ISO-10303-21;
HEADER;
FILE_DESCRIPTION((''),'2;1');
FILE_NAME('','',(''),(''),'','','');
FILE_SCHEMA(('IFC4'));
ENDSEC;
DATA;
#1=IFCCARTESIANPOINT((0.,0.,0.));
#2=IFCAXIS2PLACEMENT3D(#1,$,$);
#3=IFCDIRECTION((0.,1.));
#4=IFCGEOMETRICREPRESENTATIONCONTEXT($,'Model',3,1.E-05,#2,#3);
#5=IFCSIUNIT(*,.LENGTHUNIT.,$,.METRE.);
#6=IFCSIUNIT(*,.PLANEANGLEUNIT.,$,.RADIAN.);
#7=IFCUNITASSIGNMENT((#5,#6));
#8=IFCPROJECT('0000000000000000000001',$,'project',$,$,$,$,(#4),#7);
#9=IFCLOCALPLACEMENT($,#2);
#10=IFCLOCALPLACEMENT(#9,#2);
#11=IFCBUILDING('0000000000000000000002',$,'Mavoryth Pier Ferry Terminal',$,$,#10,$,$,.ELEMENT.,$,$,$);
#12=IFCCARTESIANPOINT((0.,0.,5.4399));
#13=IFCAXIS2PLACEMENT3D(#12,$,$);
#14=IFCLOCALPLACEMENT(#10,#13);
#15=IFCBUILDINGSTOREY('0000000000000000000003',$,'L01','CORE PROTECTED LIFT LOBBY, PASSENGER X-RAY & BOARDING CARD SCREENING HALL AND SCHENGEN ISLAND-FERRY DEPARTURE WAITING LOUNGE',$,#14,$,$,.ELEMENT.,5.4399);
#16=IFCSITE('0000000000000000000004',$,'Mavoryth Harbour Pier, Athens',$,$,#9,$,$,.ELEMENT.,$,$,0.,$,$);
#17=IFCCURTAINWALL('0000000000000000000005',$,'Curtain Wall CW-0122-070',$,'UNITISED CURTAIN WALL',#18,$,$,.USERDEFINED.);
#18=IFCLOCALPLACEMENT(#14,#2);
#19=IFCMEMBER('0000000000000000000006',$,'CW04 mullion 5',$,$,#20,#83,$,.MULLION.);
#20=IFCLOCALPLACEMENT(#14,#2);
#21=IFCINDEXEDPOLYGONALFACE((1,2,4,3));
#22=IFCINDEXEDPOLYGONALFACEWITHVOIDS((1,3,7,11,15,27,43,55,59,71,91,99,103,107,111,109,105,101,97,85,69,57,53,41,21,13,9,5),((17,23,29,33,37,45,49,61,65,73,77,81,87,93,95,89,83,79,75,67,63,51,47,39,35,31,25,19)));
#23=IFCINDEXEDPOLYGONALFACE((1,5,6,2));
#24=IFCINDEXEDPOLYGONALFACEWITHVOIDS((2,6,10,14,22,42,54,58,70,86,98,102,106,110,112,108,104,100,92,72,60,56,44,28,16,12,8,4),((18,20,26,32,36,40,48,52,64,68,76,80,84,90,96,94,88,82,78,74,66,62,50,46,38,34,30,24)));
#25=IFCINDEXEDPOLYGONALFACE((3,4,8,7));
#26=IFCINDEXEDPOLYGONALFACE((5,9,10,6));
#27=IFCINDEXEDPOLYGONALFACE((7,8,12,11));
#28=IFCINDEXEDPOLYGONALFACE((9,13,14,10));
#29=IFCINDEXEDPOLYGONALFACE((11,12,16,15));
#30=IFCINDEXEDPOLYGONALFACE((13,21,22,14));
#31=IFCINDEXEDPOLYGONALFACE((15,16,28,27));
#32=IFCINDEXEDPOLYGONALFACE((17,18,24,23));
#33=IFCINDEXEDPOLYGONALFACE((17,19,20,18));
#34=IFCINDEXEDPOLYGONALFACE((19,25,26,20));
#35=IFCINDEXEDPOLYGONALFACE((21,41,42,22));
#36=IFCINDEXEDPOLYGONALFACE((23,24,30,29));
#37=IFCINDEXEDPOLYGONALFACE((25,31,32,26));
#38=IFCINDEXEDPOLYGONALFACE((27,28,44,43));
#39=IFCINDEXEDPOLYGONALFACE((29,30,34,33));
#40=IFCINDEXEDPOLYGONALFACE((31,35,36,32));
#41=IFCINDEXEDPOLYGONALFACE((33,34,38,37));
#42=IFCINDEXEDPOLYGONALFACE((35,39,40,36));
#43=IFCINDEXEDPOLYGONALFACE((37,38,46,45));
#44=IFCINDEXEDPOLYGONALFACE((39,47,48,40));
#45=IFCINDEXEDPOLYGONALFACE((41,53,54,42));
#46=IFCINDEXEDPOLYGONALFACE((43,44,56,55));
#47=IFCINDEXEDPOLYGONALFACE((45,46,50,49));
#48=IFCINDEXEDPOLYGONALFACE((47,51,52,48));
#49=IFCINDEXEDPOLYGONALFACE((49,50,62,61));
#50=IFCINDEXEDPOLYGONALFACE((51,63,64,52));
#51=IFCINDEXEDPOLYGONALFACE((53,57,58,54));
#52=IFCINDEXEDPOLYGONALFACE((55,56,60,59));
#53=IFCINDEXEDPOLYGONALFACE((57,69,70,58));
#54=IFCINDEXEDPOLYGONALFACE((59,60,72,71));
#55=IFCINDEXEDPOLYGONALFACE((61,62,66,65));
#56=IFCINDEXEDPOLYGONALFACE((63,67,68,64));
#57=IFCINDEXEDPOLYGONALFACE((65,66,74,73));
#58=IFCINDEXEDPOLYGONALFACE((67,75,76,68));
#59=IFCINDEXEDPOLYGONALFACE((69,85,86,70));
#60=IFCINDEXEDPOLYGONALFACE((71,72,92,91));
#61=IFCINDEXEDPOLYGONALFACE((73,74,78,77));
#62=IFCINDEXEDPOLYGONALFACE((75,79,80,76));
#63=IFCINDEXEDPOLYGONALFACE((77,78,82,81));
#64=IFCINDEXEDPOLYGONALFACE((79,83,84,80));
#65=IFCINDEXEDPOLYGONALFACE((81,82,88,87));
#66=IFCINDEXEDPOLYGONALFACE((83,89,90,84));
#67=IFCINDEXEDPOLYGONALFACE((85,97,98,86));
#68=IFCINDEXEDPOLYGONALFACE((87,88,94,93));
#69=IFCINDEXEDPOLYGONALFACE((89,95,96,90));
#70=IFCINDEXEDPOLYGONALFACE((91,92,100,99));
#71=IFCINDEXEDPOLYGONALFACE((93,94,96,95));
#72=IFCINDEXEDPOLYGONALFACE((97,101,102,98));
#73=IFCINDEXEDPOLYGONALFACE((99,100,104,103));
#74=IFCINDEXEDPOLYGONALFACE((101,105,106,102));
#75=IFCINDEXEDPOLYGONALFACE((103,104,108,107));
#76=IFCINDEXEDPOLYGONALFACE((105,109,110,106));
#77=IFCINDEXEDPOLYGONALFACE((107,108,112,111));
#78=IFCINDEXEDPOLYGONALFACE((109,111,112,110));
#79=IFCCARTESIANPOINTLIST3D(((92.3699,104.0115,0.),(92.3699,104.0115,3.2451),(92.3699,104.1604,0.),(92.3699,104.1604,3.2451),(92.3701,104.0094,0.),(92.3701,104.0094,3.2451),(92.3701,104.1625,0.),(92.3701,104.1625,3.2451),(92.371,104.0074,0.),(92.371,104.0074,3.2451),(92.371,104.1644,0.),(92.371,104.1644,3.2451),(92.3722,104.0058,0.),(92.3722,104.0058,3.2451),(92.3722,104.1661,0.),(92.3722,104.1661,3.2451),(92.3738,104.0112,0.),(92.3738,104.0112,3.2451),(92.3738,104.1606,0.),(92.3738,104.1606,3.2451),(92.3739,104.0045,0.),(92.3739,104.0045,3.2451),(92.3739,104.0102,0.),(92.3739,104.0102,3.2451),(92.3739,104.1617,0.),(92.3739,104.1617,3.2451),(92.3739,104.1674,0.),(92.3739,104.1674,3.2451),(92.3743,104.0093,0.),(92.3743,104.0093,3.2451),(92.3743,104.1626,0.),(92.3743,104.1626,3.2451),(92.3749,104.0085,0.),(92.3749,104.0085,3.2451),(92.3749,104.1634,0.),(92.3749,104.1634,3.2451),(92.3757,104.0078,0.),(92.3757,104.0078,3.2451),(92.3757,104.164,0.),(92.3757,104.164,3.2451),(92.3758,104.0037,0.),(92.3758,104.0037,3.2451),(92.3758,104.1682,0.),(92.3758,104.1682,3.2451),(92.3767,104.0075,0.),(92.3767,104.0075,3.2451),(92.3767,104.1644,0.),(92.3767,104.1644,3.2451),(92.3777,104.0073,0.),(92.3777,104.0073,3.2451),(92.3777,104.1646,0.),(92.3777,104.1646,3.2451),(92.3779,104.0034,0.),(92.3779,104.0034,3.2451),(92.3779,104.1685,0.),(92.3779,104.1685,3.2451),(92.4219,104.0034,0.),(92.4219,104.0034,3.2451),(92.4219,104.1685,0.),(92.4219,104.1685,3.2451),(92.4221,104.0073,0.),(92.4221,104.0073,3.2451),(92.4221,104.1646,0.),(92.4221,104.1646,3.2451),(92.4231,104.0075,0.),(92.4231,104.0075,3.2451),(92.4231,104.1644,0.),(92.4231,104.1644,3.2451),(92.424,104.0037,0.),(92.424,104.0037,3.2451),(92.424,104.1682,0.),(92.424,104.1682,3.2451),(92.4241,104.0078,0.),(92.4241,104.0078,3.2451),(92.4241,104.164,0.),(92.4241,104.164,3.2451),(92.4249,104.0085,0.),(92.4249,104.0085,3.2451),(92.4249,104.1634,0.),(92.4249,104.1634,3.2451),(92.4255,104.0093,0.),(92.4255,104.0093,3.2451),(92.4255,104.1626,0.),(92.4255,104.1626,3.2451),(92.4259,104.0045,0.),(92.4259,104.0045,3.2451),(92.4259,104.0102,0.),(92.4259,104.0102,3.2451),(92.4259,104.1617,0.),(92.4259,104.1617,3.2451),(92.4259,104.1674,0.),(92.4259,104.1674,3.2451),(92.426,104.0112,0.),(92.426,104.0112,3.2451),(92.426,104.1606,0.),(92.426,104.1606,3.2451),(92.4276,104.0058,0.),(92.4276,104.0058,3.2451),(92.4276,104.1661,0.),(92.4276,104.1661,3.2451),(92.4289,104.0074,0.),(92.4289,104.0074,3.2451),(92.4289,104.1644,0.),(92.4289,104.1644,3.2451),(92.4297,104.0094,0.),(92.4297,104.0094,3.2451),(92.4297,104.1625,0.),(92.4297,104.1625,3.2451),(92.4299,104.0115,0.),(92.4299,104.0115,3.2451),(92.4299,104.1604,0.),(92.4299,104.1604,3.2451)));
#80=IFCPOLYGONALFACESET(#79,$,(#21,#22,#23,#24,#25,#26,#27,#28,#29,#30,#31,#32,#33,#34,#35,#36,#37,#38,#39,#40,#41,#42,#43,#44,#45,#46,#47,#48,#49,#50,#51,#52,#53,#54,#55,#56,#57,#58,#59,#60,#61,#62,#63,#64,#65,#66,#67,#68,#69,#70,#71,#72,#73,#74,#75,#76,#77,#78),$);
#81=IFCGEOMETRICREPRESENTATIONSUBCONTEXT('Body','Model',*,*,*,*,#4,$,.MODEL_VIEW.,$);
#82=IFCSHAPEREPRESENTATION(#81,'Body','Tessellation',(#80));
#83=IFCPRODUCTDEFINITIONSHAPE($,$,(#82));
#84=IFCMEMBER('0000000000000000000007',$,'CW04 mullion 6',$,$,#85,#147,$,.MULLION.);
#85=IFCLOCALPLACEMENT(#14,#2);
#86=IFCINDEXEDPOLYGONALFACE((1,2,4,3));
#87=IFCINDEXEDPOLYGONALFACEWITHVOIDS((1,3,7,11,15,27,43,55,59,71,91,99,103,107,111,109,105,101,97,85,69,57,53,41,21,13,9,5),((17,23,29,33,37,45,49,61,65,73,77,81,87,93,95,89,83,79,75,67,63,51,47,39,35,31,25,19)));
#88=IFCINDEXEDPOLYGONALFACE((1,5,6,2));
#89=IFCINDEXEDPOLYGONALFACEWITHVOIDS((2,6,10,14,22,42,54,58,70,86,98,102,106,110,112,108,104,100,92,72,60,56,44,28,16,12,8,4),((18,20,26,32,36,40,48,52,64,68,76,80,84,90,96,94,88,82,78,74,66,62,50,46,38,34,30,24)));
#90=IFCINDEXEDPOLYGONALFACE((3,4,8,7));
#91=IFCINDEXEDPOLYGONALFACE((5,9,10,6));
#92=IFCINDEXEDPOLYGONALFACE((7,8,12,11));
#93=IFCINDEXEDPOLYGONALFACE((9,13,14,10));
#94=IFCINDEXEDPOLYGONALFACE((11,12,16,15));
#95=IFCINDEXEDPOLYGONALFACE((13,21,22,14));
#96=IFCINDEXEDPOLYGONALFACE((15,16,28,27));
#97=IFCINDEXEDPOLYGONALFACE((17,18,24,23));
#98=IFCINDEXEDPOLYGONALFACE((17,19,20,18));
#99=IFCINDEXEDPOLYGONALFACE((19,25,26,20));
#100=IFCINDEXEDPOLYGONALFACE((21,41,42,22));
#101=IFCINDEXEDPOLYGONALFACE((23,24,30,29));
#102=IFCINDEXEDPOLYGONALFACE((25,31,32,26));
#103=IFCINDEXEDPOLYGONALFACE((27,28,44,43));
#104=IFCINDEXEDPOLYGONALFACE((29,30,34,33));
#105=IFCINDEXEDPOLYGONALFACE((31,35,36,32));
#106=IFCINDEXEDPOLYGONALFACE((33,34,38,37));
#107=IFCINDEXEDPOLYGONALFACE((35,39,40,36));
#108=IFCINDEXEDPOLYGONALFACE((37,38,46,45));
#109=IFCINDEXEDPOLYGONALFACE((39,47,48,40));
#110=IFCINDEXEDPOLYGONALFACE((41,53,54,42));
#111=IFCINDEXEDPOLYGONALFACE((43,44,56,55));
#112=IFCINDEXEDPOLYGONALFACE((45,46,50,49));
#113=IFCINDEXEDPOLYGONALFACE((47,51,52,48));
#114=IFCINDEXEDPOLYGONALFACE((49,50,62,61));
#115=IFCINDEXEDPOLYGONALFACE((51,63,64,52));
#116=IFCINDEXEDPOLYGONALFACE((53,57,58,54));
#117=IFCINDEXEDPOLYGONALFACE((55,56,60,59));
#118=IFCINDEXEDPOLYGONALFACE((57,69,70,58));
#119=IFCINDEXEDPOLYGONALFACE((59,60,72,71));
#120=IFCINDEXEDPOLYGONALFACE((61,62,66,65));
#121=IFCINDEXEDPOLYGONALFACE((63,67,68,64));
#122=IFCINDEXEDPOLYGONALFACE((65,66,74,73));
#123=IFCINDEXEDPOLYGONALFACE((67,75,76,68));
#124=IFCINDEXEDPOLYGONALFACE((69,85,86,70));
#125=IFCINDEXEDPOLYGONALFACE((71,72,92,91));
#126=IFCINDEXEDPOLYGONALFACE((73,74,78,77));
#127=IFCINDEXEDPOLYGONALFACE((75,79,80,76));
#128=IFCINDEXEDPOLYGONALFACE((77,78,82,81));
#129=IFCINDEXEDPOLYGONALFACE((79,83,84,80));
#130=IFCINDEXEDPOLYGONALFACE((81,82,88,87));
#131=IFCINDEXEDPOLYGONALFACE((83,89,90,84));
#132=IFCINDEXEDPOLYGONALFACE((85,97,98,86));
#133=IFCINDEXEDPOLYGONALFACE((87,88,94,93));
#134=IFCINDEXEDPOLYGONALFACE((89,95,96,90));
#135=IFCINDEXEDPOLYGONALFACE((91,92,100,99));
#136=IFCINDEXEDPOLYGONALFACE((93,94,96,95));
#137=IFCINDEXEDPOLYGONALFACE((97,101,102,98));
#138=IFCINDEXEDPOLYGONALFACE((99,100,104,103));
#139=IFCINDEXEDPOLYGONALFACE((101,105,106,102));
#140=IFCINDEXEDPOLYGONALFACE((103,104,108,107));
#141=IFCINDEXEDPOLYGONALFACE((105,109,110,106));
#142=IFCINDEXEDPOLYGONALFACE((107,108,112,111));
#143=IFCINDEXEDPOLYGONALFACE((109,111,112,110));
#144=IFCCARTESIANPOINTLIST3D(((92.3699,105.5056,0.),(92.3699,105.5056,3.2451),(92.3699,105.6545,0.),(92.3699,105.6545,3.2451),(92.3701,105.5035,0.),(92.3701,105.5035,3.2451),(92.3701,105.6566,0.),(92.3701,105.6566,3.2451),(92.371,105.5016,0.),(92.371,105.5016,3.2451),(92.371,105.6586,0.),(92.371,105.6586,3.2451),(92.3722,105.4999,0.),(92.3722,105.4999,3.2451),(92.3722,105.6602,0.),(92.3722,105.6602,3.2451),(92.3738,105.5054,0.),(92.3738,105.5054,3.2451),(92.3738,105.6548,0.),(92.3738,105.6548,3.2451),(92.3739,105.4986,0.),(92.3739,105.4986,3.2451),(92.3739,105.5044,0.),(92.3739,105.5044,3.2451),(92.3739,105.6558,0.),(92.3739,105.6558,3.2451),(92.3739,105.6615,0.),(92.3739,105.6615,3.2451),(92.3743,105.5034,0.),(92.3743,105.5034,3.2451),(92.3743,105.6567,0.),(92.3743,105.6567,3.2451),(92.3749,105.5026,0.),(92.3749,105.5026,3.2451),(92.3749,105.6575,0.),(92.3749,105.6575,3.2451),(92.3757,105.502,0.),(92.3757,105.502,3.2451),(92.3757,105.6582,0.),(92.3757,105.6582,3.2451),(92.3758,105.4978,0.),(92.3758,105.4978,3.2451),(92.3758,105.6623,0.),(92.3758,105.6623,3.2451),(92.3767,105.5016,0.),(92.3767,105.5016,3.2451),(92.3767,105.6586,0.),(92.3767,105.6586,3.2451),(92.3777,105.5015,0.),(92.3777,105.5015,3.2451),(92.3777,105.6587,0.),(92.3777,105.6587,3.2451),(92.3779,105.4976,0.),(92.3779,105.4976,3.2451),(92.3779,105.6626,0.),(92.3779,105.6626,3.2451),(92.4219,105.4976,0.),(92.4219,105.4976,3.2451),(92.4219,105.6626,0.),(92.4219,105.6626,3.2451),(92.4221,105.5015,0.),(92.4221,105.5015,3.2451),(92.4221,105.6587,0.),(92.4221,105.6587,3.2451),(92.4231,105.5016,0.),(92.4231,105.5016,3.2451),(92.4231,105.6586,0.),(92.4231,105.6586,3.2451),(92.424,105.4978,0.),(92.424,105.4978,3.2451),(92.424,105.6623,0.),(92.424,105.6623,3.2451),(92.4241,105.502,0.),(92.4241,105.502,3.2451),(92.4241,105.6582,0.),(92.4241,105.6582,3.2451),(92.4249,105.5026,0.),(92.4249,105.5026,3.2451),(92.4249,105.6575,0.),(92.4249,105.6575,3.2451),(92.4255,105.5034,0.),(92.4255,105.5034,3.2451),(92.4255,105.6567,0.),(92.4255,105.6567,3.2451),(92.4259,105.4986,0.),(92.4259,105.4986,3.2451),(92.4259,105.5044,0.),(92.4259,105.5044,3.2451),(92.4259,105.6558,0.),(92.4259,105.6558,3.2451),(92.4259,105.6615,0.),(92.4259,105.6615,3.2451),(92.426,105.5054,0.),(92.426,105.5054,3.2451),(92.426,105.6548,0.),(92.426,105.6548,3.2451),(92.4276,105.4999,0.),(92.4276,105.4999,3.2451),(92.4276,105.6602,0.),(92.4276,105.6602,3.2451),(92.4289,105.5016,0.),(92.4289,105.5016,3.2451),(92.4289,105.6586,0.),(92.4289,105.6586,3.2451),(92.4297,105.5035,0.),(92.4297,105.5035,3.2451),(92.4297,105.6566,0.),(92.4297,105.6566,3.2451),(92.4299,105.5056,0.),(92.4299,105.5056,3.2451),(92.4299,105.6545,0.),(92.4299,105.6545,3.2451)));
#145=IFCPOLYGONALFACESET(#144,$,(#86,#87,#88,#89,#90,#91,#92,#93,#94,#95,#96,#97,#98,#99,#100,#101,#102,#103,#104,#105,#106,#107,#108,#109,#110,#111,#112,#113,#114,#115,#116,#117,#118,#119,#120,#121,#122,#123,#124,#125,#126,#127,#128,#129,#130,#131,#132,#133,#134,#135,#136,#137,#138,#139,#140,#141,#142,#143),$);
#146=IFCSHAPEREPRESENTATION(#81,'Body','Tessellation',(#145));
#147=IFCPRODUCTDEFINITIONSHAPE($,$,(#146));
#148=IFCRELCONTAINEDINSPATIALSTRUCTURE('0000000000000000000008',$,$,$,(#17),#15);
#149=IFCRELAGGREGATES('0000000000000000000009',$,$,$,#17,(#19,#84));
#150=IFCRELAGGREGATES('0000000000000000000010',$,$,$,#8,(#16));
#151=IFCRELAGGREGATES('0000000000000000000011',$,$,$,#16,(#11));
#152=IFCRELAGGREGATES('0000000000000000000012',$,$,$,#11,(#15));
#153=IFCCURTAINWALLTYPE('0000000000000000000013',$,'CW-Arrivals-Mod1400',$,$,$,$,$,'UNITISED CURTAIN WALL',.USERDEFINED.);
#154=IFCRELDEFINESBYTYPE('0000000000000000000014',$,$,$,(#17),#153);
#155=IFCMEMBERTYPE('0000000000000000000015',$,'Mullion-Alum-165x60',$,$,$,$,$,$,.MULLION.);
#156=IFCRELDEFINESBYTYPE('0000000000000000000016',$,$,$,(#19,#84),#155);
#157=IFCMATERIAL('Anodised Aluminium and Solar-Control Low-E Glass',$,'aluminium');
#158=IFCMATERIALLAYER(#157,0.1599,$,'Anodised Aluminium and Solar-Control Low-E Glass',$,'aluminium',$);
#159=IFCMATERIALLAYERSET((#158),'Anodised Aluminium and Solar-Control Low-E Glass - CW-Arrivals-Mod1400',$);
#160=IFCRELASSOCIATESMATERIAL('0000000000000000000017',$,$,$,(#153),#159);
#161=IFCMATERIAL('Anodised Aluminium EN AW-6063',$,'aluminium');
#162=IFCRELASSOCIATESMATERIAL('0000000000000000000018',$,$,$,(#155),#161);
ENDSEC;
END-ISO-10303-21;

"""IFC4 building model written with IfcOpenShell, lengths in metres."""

from ifc_helpers import new_model, si_unit, direction, frame, origin, origin_2d, place, context, subcontext, project, spatial, hollow_rectangle, extrude, material, layer, layer_set, material_profile, profile_set, type_object, element, aggregate, save


model = new_model("IFC4")

# Units and contexts
model_context = context("Model", 3, precision=1e-05, world=origin(), true_north=direction((0.0, 1.0)))
body_context = subcontext(model_context, "Body", "Model", "MODEL_VIEW")
ifc_project = project(units=[si_unit("LENGTHUNIT", "METRE"), si_unit("PLANEANGLEUNIT", "RADIAN")], contexts=[model_context])

# Site, building, storey
site_placement = place(None, origin())
site = spatial("IfcSite", under=ifc_project, at=site_placement, Name="Mavoryth Harbour Pier, Athens", CompositionType="ELEMENT", RefElevation=0.0)
building_placement = place(site_placement, origin())
building = spatial("IfcBuilding", under=site, at=building_placement, Name="Mavoryth Pier Ferry Terminal", CompositionType="ELEMENT")
storey_placement = place(building_placement, frame((0.0, 0.0, 5.4399)))
storey = spatial("IfcBuildingStorey", under=building, at=storey_placement, Name="L01", Description="CORE PROTECTED LIFT LOBBY, PASSENGER X-RAY & BOARDING CARD SCREENING HALL AND SCHENGEN ISLAND-FERRY DEPARTURE WAITING LOUNGE", CompositionType="ELEMENT", Elevation=5.4399)

# Shared definitions
ifc_material_1 = material(Name="Anodised Aluminium and Solar-Control Low-E Glass", Category="aluminium")
ifc_layer_1 = layer(ifc_material_1, 0.1599, Name="Anodised Aluminium and Solar-Control Low-E Glass", Category="aluminium")
ifc_layer_set_1 = layer_set([ifc_layer_1], Name="Anodised Aluminium and Solar-Control Low-E Glass - CW-Arrivals-Mod1400")
curtain_wall_type_1 = type_object("IfcCurtainWallType", Name="CW-Arrivals-Mod1400", ElementType="UNITISED CURTAIN WALL", PredefinedType="USERDEFINED", material=ifc_layer_set_1)
ifc_material_2 = material(Name="Anodised Aluminium EN AW-6063", Category="aluminium")
ifc_material_profile_1 = material_profile(ifc_material_2, hollow_rectangle(XDim=0.0601, YDim=0.165, WallThickness=0.0039, InnerFilletRadius=0.0039, OuterFilletRadius=0.0081, at=origin_2d()), Name="AL-MULL 165x60x4", Category="aluminium")
ifc_profile_set_1 = profile_set([ifc_material_profile_1], Name="Anodised Aluminium EN AW-6063 - AL-MULL 165x60x4")
member_type_1 = type_object("IfcMemberType", Name="Mullion-Alum-165x60", PredefinedType="MULLION", material=ifc_profile_set_1)

# Curtain wall, members
curtain_wall_1_placement = place(storey_placement, origin())
curtain_wall_1 = element("IfcCurtainWall", 1, at=curtain_wall_1_placement, inside=storey, type_object=curtain_wall_type_1, Name="Curtain Wall CW-0122-070", ObjectType="UNITISED CURTAIN WALL", PredefinedType="USERDEFINED")
member_1_placement = place(storey_placement, frame((92.3999, 104.0859, 0.0), z_axis=(0.0, 0.0, 1.0), x_axis=(-1.0, 0.0, 0.0)))
member_1 = element("IfcMember", 2, at=member_1_placement, type_object=member_type_1, Name="CW04 mullion 5", PredefinedType="MULLION", context=body_context, shape_type="SweptSolid", body=[
    extrude(hollow_rectangle(XDim=0.0601, YDim=0.165, WallThickness=0.0039, InnerFilletRadius=0.0039, OuterFilletRadius=0.0081, at=origin_2d()), origin(), (0.0, 0.0, 1.0), 3.2451),
])
member_2_placement = place(storey_placement, frame((92.3999, 105.5801, 0.0), z_axis=(0.0, 0.0, 1.0), x_axis=(-1.0, 0.0, 0.0)))
member_2 = element("IfcMember", 3, at=member_2_placement, type_object=member_type_1, Name="CW04 mullion 6", PredefinedType="MULLION", context=body_context, shape_type="SweptSolid", body=[
    extrude(hollow_rectangle(XDim=0.0601, YDim=0.165, WallThickness=0.0039, InnerFilletRadius=0.0039, OuterFilletRadius=0.0081, at=origin_2d()), origin(), (0.0, 0.0, 1.0), 3.2451),
])

aggregate(curtain_wall_1, [member_1, member_2])

save(model, "model.ifc")
